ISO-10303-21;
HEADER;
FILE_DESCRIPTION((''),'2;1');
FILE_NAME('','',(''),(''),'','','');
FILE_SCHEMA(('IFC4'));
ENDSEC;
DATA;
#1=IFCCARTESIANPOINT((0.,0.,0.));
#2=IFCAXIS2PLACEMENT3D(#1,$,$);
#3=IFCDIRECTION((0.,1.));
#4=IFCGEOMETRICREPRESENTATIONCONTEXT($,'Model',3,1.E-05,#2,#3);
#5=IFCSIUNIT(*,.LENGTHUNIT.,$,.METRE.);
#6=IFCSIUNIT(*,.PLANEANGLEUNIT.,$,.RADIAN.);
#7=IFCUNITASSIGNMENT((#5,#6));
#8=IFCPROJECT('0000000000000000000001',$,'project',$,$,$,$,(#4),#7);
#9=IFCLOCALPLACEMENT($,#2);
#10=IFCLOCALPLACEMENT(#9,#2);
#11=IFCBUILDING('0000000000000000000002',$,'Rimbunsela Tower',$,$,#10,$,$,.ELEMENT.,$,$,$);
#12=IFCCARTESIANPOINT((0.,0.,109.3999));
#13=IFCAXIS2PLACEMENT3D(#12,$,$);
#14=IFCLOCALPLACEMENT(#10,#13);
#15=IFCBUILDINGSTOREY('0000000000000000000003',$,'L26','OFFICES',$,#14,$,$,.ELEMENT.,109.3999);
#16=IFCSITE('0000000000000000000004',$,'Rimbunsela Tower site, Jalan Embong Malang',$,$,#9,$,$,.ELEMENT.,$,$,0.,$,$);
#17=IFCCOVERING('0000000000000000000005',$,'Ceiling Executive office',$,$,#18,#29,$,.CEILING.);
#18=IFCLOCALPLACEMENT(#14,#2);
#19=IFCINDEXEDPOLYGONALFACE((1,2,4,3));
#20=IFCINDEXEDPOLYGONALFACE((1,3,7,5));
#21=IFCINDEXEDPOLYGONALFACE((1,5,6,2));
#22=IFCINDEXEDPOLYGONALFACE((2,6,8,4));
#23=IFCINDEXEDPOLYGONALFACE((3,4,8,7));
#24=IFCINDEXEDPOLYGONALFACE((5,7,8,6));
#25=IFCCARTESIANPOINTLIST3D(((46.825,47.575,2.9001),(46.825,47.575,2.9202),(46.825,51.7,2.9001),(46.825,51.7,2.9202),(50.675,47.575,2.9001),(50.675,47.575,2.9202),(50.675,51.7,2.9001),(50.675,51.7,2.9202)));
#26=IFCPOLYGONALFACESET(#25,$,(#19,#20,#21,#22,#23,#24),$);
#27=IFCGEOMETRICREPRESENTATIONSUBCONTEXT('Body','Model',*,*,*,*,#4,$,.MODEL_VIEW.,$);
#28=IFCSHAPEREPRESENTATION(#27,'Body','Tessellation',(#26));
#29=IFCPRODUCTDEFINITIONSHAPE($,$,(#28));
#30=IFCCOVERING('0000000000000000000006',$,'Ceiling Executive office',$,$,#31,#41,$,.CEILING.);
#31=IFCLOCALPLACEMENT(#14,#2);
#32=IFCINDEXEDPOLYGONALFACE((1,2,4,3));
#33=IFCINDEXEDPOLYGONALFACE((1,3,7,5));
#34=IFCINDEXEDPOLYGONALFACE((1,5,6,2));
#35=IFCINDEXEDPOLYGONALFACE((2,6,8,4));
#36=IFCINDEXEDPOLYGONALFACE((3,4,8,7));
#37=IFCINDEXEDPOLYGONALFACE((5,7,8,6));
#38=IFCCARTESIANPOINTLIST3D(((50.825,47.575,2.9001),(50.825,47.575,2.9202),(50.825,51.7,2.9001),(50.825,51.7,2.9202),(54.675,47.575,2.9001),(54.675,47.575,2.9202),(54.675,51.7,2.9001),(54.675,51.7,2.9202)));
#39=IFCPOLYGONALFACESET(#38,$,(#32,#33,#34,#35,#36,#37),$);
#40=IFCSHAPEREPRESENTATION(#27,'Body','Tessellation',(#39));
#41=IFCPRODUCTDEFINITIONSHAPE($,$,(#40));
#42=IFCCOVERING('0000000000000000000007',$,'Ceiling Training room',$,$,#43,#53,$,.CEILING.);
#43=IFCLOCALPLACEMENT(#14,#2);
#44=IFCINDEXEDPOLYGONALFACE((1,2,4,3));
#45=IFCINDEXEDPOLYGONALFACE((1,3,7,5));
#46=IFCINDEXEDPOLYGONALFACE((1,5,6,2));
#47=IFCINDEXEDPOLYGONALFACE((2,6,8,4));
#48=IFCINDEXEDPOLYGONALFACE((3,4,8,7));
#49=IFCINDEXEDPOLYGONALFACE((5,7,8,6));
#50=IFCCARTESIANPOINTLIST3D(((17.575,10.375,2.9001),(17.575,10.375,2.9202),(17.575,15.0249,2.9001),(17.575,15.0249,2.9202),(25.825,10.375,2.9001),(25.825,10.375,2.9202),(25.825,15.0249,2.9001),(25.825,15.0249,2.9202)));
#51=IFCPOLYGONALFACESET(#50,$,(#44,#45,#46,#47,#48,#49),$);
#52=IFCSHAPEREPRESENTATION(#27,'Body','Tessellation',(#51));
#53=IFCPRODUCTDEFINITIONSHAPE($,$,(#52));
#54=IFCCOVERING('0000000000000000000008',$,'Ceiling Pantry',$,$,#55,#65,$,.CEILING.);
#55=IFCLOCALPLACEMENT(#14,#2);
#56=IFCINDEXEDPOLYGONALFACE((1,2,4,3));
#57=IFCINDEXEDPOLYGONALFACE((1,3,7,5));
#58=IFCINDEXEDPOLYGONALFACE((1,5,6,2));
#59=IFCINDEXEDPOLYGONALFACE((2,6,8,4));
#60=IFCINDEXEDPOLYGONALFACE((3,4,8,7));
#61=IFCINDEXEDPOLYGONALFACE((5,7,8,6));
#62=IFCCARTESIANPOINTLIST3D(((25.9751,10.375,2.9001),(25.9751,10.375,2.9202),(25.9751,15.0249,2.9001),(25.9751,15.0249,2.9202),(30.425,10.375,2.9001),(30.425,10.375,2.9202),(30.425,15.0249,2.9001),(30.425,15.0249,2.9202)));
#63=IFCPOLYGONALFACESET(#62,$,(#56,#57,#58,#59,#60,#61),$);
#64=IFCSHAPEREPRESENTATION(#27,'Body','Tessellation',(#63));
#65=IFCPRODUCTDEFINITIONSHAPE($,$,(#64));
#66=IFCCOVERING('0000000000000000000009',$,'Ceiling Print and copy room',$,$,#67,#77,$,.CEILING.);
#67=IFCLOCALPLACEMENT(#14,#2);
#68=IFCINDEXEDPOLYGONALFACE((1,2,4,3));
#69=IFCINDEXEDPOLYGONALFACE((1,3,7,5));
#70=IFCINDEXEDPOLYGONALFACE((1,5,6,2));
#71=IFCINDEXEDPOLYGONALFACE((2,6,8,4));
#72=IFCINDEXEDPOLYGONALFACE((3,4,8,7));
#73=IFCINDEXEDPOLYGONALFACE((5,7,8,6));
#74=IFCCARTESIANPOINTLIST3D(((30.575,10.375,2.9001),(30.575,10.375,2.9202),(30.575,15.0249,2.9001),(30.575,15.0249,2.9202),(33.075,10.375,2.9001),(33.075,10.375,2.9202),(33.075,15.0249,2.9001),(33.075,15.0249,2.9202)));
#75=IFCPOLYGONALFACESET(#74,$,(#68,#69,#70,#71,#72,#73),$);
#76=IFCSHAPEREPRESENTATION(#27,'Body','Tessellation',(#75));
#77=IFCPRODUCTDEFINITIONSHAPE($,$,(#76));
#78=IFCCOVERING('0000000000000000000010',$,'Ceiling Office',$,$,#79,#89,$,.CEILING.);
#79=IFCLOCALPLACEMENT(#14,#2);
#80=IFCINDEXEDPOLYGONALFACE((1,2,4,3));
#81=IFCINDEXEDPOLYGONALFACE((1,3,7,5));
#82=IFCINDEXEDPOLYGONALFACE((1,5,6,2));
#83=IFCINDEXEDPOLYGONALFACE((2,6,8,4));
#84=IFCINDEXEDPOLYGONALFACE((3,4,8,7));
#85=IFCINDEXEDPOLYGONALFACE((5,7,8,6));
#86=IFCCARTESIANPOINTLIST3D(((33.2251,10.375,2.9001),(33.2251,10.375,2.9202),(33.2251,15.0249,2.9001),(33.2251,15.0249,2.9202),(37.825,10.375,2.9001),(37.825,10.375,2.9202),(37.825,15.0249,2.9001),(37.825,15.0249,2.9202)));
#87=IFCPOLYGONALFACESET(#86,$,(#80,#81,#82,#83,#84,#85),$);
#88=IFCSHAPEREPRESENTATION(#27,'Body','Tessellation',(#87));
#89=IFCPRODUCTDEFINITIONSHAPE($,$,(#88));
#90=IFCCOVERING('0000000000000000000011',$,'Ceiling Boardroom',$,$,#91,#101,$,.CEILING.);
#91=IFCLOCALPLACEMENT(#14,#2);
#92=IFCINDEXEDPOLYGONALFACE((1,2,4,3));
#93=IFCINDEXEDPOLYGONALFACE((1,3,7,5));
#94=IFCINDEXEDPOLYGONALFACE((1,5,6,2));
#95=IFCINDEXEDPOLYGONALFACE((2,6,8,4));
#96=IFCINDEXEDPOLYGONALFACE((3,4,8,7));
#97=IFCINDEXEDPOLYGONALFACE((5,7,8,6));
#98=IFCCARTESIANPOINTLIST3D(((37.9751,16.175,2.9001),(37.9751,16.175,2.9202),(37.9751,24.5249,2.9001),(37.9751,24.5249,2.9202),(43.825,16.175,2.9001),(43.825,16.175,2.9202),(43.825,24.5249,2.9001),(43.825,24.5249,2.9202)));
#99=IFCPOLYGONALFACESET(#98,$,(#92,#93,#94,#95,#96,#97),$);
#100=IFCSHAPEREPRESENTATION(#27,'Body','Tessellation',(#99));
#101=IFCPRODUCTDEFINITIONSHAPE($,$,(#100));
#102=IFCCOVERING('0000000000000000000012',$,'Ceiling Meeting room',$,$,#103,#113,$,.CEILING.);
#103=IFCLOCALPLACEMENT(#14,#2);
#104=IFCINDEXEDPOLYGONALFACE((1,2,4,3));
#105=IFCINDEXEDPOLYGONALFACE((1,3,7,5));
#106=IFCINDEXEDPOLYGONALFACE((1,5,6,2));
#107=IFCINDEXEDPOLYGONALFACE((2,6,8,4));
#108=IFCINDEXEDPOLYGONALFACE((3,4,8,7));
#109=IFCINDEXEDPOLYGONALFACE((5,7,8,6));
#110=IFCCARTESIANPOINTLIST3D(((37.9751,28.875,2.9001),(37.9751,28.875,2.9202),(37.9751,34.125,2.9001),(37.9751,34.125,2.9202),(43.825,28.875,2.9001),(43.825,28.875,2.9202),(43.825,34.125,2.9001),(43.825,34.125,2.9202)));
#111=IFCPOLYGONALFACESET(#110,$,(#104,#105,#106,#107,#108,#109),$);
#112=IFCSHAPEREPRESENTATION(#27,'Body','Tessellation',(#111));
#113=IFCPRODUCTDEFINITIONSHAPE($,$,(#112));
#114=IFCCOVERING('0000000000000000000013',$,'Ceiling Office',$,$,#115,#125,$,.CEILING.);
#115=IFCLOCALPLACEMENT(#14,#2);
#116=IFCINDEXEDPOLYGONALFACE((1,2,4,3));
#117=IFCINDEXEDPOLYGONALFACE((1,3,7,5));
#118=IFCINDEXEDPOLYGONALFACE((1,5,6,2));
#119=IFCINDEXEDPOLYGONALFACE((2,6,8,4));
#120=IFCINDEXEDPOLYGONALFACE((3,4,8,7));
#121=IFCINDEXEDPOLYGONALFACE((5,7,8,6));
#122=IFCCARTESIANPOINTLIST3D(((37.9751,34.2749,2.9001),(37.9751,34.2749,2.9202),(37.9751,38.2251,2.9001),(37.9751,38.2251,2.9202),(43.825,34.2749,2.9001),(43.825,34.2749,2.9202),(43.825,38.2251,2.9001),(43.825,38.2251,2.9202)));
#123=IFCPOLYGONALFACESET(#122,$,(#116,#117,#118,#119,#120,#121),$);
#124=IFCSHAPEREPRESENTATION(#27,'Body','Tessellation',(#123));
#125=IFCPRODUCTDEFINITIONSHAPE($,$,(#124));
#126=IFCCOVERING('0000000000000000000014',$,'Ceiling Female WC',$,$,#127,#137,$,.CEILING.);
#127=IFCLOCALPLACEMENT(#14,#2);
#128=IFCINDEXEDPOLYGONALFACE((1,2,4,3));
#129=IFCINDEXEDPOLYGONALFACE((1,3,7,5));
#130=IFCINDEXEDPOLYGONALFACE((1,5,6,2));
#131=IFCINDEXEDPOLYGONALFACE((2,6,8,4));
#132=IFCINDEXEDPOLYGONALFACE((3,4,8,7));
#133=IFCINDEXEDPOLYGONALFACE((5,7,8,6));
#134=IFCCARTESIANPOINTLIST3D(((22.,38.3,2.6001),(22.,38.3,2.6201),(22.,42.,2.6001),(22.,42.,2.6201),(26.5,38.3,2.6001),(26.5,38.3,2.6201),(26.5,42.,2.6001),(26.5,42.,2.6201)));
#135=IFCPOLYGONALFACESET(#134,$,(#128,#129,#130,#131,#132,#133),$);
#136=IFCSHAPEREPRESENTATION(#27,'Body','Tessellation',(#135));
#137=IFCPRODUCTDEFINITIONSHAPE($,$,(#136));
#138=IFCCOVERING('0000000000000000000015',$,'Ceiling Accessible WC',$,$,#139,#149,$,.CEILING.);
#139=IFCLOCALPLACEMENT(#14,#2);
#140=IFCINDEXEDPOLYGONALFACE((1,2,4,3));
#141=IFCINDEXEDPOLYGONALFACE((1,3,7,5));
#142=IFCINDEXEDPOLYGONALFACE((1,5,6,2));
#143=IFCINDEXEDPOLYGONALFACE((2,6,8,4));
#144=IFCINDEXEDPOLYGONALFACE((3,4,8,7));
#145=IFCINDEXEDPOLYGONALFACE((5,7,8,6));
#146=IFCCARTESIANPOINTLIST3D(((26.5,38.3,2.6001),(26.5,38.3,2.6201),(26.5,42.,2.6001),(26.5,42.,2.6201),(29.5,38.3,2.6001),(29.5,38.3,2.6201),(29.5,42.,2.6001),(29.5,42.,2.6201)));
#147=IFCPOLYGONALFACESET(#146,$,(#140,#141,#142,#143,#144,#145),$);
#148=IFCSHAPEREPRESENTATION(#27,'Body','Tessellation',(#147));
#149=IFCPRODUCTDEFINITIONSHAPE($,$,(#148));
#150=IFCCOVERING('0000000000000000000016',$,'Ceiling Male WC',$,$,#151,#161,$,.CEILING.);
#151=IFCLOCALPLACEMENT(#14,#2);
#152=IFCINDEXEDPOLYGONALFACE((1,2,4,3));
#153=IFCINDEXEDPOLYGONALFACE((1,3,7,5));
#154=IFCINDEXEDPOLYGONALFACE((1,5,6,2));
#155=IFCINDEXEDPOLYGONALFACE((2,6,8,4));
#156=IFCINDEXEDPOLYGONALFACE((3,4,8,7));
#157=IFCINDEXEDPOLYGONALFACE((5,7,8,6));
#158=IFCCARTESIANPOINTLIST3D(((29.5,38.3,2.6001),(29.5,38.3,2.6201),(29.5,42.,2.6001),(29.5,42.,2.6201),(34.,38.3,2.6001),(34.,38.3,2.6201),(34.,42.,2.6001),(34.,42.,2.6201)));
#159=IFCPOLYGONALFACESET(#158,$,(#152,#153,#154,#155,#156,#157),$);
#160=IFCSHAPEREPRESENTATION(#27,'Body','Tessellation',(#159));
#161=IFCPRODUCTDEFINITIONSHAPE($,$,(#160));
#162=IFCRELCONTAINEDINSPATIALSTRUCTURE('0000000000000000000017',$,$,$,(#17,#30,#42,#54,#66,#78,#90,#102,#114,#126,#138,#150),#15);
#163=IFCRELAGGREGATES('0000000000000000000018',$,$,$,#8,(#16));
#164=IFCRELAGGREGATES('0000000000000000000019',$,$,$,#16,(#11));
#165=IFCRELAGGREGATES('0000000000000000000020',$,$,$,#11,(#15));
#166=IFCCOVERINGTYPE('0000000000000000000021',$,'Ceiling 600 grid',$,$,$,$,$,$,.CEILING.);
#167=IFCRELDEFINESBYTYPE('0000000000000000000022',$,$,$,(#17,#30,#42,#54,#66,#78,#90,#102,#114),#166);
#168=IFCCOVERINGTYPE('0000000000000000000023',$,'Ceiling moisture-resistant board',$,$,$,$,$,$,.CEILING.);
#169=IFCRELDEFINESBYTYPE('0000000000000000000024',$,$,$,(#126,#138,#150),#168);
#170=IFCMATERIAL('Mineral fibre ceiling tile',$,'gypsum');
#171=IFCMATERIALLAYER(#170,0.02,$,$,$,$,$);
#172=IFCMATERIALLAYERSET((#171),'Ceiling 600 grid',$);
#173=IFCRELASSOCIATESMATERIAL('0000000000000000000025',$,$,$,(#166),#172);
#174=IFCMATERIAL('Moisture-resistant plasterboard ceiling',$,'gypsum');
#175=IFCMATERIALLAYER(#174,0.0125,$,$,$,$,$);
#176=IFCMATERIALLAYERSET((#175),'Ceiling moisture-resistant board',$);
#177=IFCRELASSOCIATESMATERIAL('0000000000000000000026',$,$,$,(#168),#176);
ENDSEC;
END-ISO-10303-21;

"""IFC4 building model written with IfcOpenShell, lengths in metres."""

from ifc_helpers import new_model, si_unit, direction, frame, origin, place, context, subcontext, project, spatial, polyline, outline, extrude, material, layer, layer_set, type_object, element, save


model = new_model("IFC4")

# Units and contexts
model_context = context("Model", 3, precision=1e-05, world=origin(), true_north=direction((0.0, 1.0)))
body_context = subcontext(model_context, "Body", "Model", "MODEL_VIEW")
ifc_project = project(units=[si_unit("LENGTHUNIT", "METRE"), si_unit("PLANEANGLEUNIT", "RADIAN")], contexts=[model_context])

# Site, building, storey
site_placement = place(None, origin())
site = spatial("IfcSite", under=ifc_project, at=site_placement, Name="Rimbunsela Tower site, Jalan Embong Malang", CompositionType="ELEMENT", RefElevation=0.0)
building_placement = place(site_placement, origin())
building = spatial("IfcBuilding", under=site, at=building_placement, Name="Rimbunsela Tower", CompositionType="ELEMENT")
storey_placement = place(building_placement, frame((0.0, 0.0, 109.3999)))
storey = spatial("IfcBuildingStorey", under=building, at=storey_placement, Name="L26", Description="OFFICES", CompositionType="ELEMENT", Elevation=109.3999)

# Coverings
ifc_material_1 = material(Name="Mineral fibre ceiling tile", Category="gypsum")
ifc_layer_1 = layer(ifc_material_1, 0.02)
ifc_layer_set_1 = layer_set([ifc_layer_1], Name="Ceiling 600 grid")
covering_type_1 = type_object("IfcCoveringType", Name="Ceiling 600 grid", PredefinedType="CEILING", material=ifc_layer_set_1)
covering_1_placement = place(storey_placement, frame((0.0, 0.0, 2.9001)))
element("IfcCovering", 1, at=covering_1_placement, inside=storey, type_object=covering_type_1, Name="Ceiling Executive office", PredefinedType="CEILING", context=body_context, shape_type="SweptSolid", body=[
    extrude(outline(polyline([(50.675, 47.575), (50.675, 51.7), (46.825, 51.7), (46.825, 47.575), (50.675, 47.575)])), origin(), (0.0, 0.0, 1.0), 0.02),
])
covering_2_placement = place(storey_placement, frame((0.0, 0.0, 2.9001)))
element("IfcCovering", 2, at=covering_2_placement, inside=storey, type_object=covering_type_1, Name="Ceiling Executive office", PredefinedType="CEILING", context=body_context, shape_type="SweptSolid", body=[
    extrude(outline(polyline([(54.675, 47.575), (54.675, 51.7), (50.825, 51.7), (50.825, 47.575), (54.675, 47.575)])), origin(), (0.0, 0.0, 1.0), 0.02),
])
covering_3_placement = place(storey_placement, frame((0.0, 0.0, 2.9001)))
element("IfcCovering", 3, at=covering_3_placement, inside=storey, type_object=covering_type_1, Name="Ceiling Training room", PredefinedType="CEILING", context=body_context, shape_type="SweptSolid", body=[
    extrude(outline(polyline([(25.825, 10.375), (25.825, 15.0249), (17.575, 15.0249), (17.575, 10.375), (25.825, 10.375)])), origin(), (0.0, 0.0, 1.0), 0.02),
])
covering_4_placement = place(storey_placement, frame((0.0, 0.0, 2.9001)))
element("IfcCovering", 4, at=covering_4_placement, inside=storey, type_object=covering_type_1, Name="Ceiling Pantry", PredefinedType="CEILING", context=body_context, shape_type="SweptSolid", body=[
    extrude(outline(polyline([(30.425, 10.375), (30.425, 15.0249), (25.9751, 15.0249), (25.9751, 10.375), (30.425, 10.375)])), origin(), (0.0, 0.0, 1.0), 0.02),
])
covering_5_placement = place(storey_placement, frame((0.0, 0.0, 2.9001)))
element("IfcCovering", 5, at=covering_5_placement, inside=storey, type_object=covering_type_1, Name="Ceiling Print and copy room", PredefinedType="CEILING", context=body_context, shape_type="SweptSolid", body=[
    extrude(outline(polyline([(33.075, 10.375), (33.075, 15.0249), (30.575, 15.0249), (30.575, 10.375), (33.075, 10.375)])), origin(), (0.0, 0.0, 1.0), 0.02),
])
covering_6_placement = place(storey_placement, frame((0.0, 0.0, 2.9001)))
element("IfcCovering", 6, at=covering_6_placement, inside=storey, type_object=covering_type_1, Name="Ceiling Office", PredefinedType="CEILING", context=body_context, shape_type="SweptSolid", body=[
    extrude(outline(polyline([(37.825, 10.375), (37.825, 15.0249), (33.2251, 15.0249), (33.2251, 10.375), (37.825, 10.375)])), origin(), (0.0, 0.0, 1.0), 0.02),
])
covering_7_placement = place(storey_placement, frame((0.0, 0.0, 2.9001)))
element("IfcCovering", 7, at=covering_7_placement, inside=storey, type_object=covering_type_1, Name="Ceiling Boardroom", PredefinedType="CEILING", context=body_context, shape_type="SweptSolid", body=[
    extrude(outline(polyline([(43.825, 16.175), (43.825, 24.5249), (37.9751, 24.5249), (37.9751, 16.175), (43.825, 16.175)])), origin(), (0.0, 0.0, 1.0), 0.02),
])
covering_8_placement = place(storey_placement, frame((0.0, 0.0, 2.9001)))
element("IfcCovering", 8, at=covering_8_placement, inside=storey, type_object=covering_type_1, Name="Ceiling Meeting room", PredefinedType="CEILING", context=body_context, shape_type="SweptSolid", body=[
    extrude(outline(polyline([(43.825, 28.875), (43.825, 34.125), (37.9751, 34.125), (37.9751, 28.875), (43.825, 28.875)])), origin(), (0.0, 0.0, 1.0), 0.02),
])
covering_9_placement = place(storey_placement, frame((0.0, 0.0, 2.9001)))
element("IfcCovering", 9, at=covering_9_placement, inside=storey, type_object=covering_type_1, Name="Ceiling Office", PredefinedType="CEILING", context=body_context, shape_type="SweptSolid", body=[
    extrude(outline(polyline([(43.825, 34.2749), (43.825, 38.2251), (37.9751, 38.2251), (37.9751, 34.2749), (43.825, 34.2749)])), origin(), (0.0, 0.0, 1.0), 0.02),
])
ifc_material_2 = material(Name="Moisture-resistant plasterboard ceiling", Category="gypsum")
ifc_layer_2 = layer(ifc_material_2, 0.0125)
ifc_layer_set_2 = layer_set([ifc_layer_2], Name="Ceiling moisture-resistant board")
covering_type_2 = type_object("IfcCoveringType", Name="Ceiling moisture-resistant board", PredefinedType="CEILING", material=ifc_layer_set_2)
covering_10_placement = place(storey_placement, frame((0.0, 0.0, 2.6001)))
element("IfcCovering", 10, at=covering_10_placement, inside=storey, type_object=covering_type_2, Name="Ceiling Female WC", PredefinedType="CEILING", context=body_context, shape_type="SweptSolid", body=[
    extrude(outline(polyline([(26.5, 38.3), (26.5, 42.0), (22.0, 42.0), (22.0, 38.3), (26.5, 38.3)])), origin(), (0.0, 0.0, 1.0), 0.02),
])
covering_11_placement = place(storey_placement, frame((0.0, 0.0, 2.6001)))
element("IfcCovering", 11, at=covering_11_placement, inside=storey, type_object=covering_type_2, Name="Ceiling Accessible WC", PredefinedType="CEILING", context=body_context, shape_type="SweptSolid", body=[
    extrude(outline(polyline([(29.5, 38.3), (29.5, 42.0), (26.5, 42.0), (26.5, 38.3), (29.5, 38.3)])), origin(), (0.0, 0.0, 1.0), 0.02),
])
covering_12_placement = place(storey_placement, frame((0.0, 0.0, 2.6001)))
element("IfcCovering", 12, at=covering_12_placement, inside=storey, type_object=covering_type_2, Name="Ceiling Male WC", PredefinedType="CEILING", context=body_context, shape_type="SweptSolid", body=[
    extrude(outline(polyline([(34.0, 38.3), (34.0, 42.0), (29.5, 42.0), (29.5, 38.3), (34.0, 38.3)])), origin(), (0.0, 0.0, 1.0), 0.02),
])

save(model, "model.ifc")
